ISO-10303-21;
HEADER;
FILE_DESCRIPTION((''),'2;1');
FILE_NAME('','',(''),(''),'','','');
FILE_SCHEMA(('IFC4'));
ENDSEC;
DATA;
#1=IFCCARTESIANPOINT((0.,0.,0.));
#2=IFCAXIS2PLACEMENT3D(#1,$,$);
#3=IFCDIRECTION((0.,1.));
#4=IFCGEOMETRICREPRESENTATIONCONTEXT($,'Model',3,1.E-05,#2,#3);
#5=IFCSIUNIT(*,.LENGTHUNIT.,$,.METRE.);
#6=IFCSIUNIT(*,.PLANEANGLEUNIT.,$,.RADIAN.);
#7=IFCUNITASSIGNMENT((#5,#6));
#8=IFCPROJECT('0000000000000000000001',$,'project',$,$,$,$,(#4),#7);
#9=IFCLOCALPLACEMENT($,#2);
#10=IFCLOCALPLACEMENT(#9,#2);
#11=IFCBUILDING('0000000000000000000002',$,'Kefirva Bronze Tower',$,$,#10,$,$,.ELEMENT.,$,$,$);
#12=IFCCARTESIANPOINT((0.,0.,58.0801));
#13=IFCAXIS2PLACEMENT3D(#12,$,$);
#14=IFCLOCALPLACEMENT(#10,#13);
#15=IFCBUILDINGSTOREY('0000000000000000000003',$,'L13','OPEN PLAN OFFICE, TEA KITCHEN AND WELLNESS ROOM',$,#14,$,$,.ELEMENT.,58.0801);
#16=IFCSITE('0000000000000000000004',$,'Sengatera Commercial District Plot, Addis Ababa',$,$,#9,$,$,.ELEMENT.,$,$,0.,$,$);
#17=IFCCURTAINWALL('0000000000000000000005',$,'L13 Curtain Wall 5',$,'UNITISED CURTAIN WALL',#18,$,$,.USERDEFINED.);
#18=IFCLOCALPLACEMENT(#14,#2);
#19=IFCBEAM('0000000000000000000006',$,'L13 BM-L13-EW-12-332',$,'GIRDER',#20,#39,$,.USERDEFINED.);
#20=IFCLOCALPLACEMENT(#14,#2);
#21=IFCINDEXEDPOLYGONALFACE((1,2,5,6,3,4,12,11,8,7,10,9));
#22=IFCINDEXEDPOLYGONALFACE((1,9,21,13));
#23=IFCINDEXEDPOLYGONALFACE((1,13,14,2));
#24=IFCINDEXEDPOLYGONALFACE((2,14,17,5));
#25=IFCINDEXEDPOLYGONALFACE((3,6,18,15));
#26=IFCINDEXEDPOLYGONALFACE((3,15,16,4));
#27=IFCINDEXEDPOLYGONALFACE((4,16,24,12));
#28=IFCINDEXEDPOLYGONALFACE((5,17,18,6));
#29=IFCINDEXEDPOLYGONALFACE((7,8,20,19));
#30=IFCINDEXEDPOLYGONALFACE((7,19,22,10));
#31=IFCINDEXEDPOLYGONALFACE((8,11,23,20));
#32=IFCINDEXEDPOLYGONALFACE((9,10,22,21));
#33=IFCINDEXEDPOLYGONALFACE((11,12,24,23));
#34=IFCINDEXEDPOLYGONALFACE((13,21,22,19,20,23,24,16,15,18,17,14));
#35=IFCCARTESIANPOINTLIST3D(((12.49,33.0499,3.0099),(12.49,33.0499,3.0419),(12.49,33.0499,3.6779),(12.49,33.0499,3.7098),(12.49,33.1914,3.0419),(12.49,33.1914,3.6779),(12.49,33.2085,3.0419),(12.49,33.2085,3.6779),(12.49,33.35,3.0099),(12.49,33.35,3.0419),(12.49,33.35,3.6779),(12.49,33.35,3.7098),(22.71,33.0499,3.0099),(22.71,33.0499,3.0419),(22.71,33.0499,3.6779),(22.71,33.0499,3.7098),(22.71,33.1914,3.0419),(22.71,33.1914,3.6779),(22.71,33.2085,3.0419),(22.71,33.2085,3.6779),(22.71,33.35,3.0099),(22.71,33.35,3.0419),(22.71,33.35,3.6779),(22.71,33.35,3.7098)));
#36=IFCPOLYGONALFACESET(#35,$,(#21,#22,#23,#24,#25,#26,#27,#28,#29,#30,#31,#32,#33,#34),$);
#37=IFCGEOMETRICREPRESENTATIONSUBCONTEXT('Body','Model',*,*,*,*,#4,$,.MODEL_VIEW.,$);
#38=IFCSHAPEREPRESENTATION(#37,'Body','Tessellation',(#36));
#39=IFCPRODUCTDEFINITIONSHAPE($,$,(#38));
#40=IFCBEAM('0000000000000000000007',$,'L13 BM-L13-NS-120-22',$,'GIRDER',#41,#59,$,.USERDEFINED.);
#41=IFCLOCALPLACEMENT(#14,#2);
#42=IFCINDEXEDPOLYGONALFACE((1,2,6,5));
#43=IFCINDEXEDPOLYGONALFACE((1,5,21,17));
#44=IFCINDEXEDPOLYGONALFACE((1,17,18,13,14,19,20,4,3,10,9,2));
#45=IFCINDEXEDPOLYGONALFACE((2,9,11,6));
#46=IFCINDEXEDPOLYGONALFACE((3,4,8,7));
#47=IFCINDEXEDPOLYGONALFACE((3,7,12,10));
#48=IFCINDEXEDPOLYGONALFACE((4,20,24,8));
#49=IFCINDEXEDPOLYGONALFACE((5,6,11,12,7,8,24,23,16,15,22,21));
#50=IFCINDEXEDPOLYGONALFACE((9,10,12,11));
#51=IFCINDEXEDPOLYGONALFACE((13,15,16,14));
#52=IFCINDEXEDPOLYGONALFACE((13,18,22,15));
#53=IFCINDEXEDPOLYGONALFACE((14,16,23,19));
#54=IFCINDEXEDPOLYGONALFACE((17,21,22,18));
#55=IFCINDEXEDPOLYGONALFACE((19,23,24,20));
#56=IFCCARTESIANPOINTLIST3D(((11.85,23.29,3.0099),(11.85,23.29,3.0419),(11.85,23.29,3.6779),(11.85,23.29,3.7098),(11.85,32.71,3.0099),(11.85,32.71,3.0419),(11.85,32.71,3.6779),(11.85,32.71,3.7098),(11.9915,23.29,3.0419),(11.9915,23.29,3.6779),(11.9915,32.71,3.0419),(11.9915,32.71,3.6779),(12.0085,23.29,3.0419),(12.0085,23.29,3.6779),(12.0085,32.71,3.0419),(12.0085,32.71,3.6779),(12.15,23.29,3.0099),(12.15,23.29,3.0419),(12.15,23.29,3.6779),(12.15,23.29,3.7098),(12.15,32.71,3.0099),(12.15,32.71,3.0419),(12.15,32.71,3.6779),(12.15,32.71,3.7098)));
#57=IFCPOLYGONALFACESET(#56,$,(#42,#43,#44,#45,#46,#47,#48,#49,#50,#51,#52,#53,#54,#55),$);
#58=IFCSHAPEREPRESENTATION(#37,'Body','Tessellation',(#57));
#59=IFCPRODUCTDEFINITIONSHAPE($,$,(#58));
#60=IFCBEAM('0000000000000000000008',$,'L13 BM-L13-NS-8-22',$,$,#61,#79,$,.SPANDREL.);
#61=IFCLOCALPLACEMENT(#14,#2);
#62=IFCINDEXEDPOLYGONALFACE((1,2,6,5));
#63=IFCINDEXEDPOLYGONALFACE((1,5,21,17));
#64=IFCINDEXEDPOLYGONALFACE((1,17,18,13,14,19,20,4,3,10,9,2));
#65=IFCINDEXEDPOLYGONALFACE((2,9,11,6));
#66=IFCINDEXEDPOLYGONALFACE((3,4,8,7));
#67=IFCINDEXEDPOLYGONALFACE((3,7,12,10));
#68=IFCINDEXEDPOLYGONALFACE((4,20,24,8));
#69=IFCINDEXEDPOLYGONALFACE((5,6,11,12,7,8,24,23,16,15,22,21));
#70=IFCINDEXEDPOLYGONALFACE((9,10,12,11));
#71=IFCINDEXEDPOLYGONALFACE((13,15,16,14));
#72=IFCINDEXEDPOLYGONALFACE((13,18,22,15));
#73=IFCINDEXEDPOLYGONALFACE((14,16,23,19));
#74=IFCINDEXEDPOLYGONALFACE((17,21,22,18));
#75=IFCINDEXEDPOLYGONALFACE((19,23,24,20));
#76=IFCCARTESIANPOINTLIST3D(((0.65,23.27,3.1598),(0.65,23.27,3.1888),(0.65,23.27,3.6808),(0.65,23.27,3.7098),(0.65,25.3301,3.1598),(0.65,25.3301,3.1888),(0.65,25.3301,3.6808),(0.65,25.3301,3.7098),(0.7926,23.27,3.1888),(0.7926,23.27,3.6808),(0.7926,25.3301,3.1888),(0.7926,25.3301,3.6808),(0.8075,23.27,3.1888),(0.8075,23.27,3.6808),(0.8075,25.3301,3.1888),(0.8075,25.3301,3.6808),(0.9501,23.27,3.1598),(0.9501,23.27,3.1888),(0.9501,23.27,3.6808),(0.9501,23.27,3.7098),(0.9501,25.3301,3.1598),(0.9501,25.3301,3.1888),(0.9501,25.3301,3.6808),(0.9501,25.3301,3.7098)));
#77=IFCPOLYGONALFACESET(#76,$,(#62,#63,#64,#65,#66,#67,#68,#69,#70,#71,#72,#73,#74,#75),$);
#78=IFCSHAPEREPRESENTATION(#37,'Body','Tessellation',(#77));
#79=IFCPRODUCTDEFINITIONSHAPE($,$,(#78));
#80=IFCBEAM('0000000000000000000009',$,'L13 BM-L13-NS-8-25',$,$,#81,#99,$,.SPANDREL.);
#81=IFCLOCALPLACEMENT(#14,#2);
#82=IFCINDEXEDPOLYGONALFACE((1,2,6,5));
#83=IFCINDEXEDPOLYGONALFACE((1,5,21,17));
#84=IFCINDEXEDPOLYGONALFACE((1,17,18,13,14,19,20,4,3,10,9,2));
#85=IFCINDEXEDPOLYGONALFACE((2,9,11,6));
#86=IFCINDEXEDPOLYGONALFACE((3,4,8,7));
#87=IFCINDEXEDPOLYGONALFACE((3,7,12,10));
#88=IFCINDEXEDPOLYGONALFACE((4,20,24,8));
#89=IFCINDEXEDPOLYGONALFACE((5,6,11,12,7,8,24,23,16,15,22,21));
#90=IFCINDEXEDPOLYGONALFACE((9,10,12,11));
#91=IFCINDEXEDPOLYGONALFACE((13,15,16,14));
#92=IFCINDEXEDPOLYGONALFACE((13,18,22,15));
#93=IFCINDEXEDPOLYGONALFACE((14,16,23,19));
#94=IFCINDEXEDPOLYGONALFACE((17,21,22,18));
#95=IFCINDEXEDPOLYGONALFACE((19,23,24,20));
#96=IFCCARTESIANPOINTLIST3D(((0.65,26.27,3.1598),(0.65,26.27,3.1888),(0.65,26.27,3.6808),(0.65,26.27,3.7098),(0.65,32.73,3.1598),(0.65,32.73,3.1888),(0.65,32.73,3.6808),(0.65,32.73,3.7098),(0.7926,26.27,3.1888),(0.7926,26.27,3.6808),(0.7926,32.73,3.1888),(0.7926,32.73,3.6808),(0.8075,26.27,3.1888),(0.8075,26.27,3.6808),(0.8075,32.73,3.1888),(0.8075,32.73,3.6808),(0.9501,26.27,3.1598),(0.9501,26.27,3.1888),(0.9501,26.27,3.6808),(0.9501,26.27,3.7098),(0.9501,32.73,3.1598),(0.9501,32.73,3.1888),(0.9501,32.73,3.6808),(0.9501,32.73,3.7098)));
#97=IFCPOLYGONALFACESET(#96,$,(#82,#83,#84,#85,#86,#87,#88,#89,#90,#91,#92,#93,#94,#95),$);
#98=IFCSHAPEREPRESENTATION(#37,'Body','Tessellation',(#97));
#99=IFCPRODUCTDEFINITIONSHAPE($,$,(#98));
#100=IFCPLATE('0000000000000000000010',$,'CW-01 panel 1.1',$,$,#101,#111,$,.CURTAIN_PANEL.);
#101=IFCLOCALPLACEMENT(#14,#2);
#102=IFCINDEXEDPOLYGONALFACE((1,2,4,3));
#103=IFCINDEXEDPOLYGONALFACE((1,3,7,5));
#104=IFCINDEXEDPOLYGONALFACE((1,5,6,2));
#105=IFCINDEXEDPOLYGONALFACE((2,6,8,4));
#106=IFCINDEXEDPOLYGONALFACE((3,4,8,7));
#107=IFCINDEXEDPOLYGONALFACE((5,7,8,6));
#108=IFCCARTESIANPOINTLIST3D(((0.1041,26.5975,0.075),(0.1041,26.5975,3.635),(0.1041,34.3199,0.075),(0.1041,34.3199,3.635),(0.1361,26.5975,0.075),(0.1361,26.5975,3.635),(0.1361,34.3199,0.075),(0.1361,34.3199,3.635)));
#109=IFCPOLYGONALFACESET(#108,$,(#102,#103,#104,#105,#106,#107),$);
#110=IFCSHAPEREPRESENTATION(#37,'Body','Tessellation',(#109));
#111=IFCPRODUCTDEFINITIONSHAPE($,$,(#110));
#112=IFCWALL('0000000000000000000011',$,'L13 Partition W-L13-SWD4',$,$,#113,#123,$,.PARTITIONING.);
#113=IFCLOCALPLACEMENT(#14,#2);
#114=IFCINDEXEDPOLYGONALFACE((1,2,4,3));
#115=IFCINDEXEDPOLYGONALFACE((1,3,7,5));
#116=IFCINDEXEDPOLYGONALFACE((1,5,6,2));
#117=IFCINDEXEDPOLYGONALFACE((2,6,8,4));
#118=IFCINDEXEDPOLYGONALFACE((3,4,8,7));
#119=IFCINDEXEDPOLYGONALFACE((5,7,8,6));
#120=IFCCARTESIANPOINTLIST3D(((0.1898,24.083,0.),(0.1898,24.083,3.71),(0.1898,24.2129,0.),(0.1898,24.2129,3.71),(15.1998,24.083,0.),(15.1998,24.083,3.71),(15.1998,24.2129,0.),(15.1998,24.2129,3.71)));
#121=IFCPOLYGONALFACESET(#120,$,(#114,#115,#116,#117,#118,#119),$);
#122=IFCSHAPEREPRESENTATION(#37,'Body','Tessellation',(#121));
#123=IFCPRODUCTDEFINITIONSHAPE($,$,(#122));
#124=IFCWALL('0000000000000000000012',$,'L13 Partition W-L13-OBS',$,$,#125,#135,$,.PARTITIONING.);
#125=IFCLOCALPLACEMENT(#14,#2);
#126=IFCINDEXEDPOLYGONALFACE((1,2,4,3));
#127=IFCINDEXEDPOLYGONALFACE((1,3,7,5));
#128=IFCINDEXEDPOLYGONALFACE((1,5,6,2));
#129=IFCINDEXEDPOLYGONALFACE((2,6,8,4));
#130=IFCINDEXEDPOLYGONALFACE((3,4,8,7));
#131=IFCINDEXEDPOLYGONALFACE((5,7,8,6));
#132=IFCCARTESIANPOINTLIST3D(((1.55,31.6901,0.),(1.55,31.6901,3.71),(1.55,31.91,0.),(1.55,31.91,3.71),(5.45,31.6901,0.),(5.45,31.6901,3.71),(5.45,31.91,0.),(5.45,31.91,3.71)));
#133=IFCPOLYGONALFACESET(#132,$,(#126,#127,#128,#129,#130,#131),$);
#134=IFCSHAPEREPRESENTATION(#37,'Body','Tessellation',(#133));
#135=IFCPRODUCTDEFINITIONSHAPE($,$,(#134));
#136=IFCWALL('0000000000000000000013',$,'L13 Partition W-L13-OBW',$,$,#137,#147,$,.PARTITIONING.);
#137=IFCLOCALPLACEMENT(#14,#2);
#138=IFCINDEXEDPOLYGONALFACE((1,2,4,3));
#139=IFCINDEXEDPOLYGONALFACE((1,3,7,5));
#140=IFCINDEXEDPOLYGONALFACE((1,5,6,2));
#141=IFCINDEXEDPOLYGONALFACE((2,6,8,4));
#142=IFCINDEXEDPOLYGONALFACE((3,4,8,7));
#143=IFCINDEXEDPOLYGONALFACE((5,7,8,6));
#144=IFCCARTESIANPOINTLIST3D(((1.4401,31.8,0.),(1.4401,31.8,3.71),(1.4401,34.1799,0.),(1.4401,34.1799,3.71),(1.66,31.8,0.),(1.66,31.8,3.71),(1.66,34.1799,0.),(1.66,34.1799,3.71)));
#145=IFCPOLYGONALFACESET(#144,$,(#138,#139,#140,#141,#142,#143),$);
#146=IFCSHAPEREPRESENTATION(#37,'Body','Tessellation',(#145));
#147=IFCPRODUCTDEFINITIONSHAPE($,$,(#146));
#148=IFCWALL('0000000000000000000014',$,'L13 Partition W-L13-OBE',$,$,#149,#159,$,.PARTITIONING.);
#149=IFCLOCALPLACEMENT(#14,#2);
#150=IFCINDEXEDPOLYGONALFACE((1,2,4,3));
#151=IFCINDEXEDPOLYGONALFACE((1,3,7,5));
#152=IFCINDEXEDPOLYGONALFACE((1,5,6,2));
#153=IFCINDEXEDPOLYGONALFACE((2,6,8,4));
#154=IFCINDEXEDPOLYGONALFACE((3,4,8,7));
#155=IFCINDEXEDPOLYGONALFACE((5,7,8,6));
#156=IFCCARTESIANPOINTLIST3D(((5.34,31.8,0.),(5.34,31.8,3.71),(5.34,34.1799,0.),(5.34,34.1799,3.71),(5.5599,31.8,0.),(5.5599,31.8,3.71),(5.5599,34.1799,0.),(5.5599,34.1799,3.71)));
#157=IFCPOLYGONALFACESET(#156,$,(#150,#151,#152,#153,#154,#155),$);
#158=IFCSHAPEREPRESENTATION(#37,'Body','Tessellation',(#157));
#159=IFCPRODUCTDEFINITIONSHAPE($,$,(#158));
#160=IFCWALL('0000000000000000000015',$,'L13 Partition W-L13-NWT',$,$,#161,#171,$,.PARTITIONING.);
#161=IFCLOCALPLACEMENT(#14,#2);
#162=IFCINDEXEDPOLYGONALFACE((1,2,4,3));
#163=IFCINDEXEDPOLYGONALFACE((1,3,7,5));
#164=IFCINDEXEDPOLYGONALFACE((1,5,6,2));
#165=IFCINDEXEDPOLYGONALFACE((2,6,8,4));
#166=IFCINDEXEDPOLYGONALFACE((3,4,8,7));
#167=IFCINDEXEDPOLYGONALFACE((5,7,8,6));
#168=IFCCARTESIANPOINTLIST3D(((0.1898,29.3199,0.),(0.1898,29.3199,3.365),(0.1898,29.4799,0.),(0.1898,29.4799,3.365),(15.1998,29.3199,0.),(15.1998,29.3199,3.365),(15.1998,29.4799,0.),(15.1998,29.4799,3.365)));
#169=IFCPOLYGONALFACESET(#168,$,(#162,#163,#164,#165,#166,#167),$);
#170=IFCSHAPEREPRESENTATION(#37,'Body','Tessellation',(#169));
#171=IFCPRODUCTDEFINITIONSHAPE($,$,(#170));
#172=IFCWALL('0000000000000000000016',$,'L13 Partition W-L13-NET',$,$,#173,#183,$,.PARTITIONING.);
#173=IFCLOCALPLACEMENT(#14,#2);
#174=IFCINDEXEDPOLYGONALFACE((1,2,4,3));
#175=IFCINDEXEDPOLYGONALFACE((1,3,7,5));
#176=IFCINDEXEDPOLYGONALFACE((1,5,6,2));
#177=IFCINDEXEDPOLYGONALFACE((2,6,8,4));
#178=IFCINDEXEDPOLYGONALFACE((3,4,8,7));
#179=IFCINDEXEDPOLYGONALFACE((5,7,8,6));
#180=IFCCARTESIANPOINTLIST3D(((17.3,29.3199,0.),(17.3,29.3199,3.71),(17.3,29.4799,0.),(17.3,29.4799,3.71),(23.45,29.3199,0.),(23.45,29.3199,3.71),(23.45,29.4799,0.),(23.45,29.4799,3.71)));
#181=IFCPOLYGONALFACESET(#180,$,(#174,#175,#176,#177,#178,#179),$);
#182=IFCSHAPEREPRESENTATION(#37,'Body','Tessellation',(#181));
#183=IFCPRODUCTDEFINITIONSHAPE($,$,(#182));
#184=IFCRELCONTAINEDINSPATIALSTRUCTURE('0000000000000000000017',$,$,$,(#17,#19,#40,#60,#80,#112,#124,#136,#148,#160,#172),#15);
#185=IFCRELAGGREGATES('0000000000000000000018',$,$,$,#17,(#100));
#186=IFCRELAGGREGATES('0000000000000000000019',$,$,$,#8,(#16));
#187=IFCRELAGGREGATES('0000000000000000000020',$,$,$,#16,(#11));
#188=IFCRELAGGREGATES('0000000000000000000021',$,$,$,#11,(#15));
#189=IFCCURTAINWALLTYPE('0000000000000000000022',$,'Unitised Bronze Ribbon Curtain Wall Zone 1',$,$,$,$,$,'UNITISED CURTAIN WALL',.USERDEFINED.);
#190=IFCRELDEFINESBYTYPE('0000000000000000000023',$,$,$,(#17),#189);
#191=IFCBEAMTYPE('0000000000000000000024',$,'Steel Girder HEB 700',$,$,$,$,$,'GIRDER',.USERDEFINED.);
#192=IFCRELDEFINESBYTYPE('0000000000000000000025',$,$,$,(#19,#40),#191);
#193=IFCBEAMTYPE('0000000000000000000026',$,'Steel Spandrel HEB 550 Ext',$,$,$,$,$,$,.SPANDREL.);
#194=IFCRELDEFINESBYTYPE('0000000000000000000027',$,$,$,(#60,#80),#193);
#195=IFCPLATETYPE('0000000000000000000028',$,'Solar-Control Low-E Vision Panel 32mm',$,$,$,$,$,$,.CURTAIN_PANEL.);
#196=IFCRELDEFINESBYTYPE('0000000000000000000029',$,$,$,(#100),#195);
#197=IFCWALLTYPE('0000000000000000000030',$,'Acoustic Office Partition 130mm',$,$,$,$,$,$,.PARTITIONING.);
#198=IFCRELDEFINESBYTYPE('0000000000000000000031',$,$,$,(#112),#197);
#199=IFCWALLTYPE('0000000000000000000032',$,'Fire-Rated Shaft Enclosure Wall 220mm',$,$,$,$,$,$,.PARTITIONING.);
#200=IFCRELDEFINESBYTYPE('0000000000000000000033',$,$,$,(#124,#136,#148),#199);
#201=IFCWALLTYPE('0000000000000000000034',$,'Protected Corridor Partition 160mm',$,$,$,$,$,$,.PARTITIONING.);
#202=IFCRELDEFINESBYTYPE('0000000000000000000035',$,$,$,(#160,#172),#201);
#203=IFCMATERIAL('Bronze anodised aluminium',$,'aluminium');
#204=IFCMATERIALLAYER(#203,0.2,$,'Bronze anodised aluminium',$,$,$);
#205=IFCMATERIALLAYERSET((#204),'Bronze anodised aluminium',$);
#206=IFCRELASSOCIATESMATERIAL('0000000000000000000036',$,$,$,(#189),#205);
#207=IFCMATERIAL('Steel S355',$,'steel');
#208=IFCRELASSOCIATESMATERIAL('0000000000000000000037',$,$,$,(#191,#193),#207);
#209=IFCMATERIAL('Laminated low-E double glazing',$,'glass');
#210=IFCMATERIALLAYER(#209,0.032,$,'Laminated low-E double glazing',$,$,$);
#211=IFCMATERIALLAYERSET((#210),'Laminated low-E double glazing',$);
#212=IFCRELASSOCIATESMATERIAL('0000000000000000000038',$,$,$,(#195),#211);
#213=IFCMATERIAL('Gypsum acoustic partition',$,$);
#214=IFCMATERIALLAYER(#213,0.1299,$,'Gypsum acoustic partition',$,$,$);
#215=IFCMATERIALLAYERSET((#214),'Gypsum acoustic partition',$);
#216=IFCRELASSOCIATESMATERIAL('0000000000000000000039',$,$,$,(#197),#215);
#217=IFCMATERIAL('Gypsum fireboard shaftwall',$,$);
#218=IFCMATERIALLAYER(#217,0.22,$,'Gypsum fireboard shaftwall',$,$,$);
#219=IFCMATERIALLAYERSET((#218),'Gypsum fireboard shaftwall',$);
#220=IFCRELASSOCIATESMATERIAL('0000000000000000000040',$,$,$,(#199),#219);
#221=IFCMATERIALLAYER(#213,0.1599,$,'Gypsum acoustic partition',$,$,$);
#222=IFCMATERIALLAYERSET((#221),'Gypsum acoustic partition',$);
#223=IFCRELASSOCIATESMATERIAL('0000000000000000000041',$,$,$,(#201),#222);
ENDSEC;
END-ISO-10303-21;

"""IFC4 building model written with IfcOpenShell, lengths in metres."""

from ifc_helpers import new_model, si_unit, direction, frame, frame_2d, origin, origin_2d, place, context, subcontext, project, spatial, rectangle, i_section, extrude, material, layer, layer_set, material_profile, profile_set, type_object, element, aggregate, save


model = new_model("IFC4")

# Units and contexts
model_context = context("Model", 3, precision=1e-05, world=origin(), true_north=direction((0.0, 1.0)))
body_context = subcontext(model_context, "Body", "Model", "MODEL_VIEW")
ifc_project = project(units=[si_unit("LENGTHUNIT", "METRE"), si_unit("PLANEANGLEUNIT", "RADIAN")], contexts=[model_context])

# Site, building, storey
site_placement = place(None, origin())
site = spatial("IfcSite", under=ifc_project, at=site_placement, Name="Sengatera Commercial District Plot, Addis Ababa", CompositionType="ELEMENT", RefElevation=0.0)
building_placement = place(site_placement, origin())
building = spatial("IfcBuilding", under=site, at=building_placement, Name="Kefirva Bronze Tower", CompositionType="ELEMENT")
storey_placement = place(building_placement, frame((0.0, 0.0, 58.0801)))
storey = spatial("IfcBuildingStorey", under=building, at=storey_placement, Name="L13", Description="OPEN PLAN OFFICE, TEA KITCHEN AND WELLNESS ROOM", CompositionType="ELEMENT", Elevation=58.0801)

# Curtain wall
ifc_material_1 = material(Name="Bronze anodised aluminium", Category="aluminium")
ifc_layer_1 = layer(ifc_material_1, 0.2, Name="Bronze anodised aluminium")
ifc_layer_set_1 = layer_set([ifc_layer_1], Name="Bronze anodised aluminium")
curtain_wall_type = type_object("IfcCurtainWallType", Name="Unitised Bronze Ribbon Curtain Wall Zone 1", ElementType="UNITISED CURTAIN WALL", PredefinedType="USERDEFINED", material=ifc_layer_set_1)
curtain_wall_placement = place(storey_placement, origin())
curtain_wall = element("IfcCurtainWall", 1, at=curtain_wall_placement, inside=storey, type_object=curtain_wall_type, Name="L13 Curtain Wall 5", ObjectType="UNITISED CURTAIN WALL", PredefinedType="USERDEFINED")

# Beams
ifc_material_2 = material(Name="Steel S355", Category="steel")
ifc_material_profile_1 = material_profile(ifc_material_2, i_section(OverallWidth=0.3, OverallDepth=0.7, WebThickness=0.0171, FlangeThickness=0.032, at=origin_2d()), Name="HEB 700")
ifc_profile_set_1 = profile_set([ifc_material_profile_1], Name="Steel S355")
beam_type_1 = type_object("IfcBeamType", Name="Steel Girder HEB 700", ElementType="GIRDER", PredefinedType="USERDEFINED", material=ifc_profile_set_1)
beam_1_placement = place(storey_placement, frame((12.49, 33.2, 3.3599), z_axis=(1.0, 0.0, 0.0), x_axis=(0.0, 1.0, 0.0)))
element("IfcBeam", 2, at=beam_1_placement, inside=storey, type_object=beam_type_1, Name="L13 BM-L13-EW-12-332", ObjectType="GIRDER", PredefinedType="USERDEFINED", context=body_context, shape_type="SweptSolid", body=[
    extrude(i_section(OverallWidth=0.3, OverallDepth=0.7, WebThickness=0.0171, FlangeThickness=0.032, at=origin_2d()), origin(), (0.0, 0.0, 1.0), 10.22),
])
beam_2_placement = place(storey_placement, frame((12.0, 23.29, 3.3599), z_axis=(0.0, 1.0, 0.0), x_axis=(-1.0, 0.0, 0.0)))
element("IfcBeam", 3, at=beam_2_placement, inside=storey, type_object=beam_type_1, Name="L13 BM-L13-NS-120-22", ObjectType="GIRDER", PredefinedType="USERDEFINED", context=body_context, shape_type="SweptSolid", body=[
    extrude(i_section(OverallWidth=0.3, OverallDepth=0.7, WebThickness=0.0171, FlangeThickness=0.032, at=origin_2d()), origin(), (0.0, 0.0, 1.0), 9.4199),
])
ifc_material_profile_2 = material_profile(ifc_material_2, i_section(OverallWidth=0.3, OverallDepth=0.55, WebThickness=0.0149, FlangeThickness=0.0291, at=origin_2d()), Name="HEB 550")
ifc_profile_set_2 = profile_set([ifc_material_profile_2], Name="Steel S355")
beam_type_2 = type_object("IfcBeamType", Name="Steel Spandrel HEB 550 Ext", PredefinedType="SPANDREL", material=ifc_profile_set_2)
beam_3_placement = place(storey_placement, frame((0.8, 23.27, 3.4348), z_axis=(0.0, 1.0, 0.0), x_axis=(-1.0, 0.0, 0.0)))
element("IfcBeam", 4, at=beam_3_placement, inside=storey, type_object=beam_type_2, Name="L13 BM-L13-NS-8-22", PredefinedType="SPANDREL", context=body_context, shape_type="SweptSolid", body=[
    extrude(i_section(OverallWidth=0.3, OverallDepth=0.55, WebThickness=0.0149, FlangeThickness=0.0291, at=origin_2d()), origin(), (0.0, 0.0, 1.0), 2.0601),
])
beam_4_placement = place(storey_placement, frame((0.8, 26.27, 3.4348), z_axis=(0.0, 1.0, 0.0), x_axis=(-1.0, 0.0, 0.0)))
element("IfcBeam", 5, at=beam_4_placement, inside=storey, type_object=beam_type_2, Name="L13 BM-L13-NS-8-25", PredefinedType="SPANDREL", context=body_context, shape_type="SweptSolid", body=[
    extrude(i_section(OverallWidth=0.3, OverallDepth=0.55, WebThickness=0.0149, FlangeThickness=0.0291, at=origin_2d()), origin(), (0.0, 0.0, 1.0), 6.46),
])

# Plate
ifc_material_3 = material(Name="Laminated low-E double glazing", Category="glass")
ifc_layer_2 = layer(ifc_material_3, 0.032, Name="Laminated low-E double glazing")
ifc_layer_set_2 = layer_set([ifc_layer_2], Name="Laminated low-E double glazing")
plate_type = type_object("IfcPlateType", Name="Solar-Control Low-E Vision Panel 32mm", PredefinedType="CURTAIN_PANEL", material=ifc_layer_set_2)
plate_placement = place(storey_placement, frame((0.1201, 30.4587, 0.075), z_axis=(0.0, 0.0, 1.0), x_axis=(0.0, -1.0, 0.0)))
plate = element("IfcPlate", 6, at=plate_placement, type_object=plate_type, Name="CW-01 panel 1.1", PredefinedType="CURTAIN_PANEL", context=body_context, shape_type="SweptSolid", body=[
    extrude(rectangle(XDim=7.7224, YDim=0.032, at=origin_2d()), origin(), (0.0, 0.0, 1.0), 3.5601),
])
aggregate(curtain_wall, [plate])

# Walls
ifc_material_4 = material(Name="Gypsum acoustic partition")
ifc_layer_3 = layer(ifc_material_4, 0.1299, Name="Gypsum acoustic partition")
ifc_layer_set_3 = layer_set([ifc_layer_3], Name="Gypsum acoustic partition")
wall_type_1 = type_object("IfcWallType", Name="Acoustic Office Partition 130mm", PredefinedType="PARTITIONING", material=ifc_layer_set_3)
wall_1_placement = place(storey_placement, frame((0.1899, 24.1479, 0.0), z_axis=(0.0, 0.0, 1.0), x_axis=(1.0, 0.0, 0.0)))
element("IfcWall", 7, at=wall_1_placement, inside=storey, type_object=wall_type_1, Name="L13 Partition W-L13-SWD4", PredefinedType="PARTITIONING", context=body_context, shape_type="SweptSolid", body=[
    extrude(rectangle(XDim=15.01, YDim=0.1299, at=frame_2d((7.5049, 0.0))), origin(), (0.0, 0.0, 1.0), 3.71),
])
ifc_material_5 = material(Name="Gypsum fireboard shaftwall")
ifc_layer_4 = layer(ifc_material_5, 0.22, Name="Gypsum fireboard shaftwall")
ifc_layer_set_4 = layer_set([ifc_layer_4], Name="Gypsum fireboard shaftwall")
wall_type_2 = type_object("IfcWallType", Name="Fire-Rated Shaft Enclosure Wall 220mm", PredefinedType="PARTITIONING", material=ifc_layer_set_4)
wall_2_placement = place(storey_placement, frame((1.55, 31.8, 0.0), z_axis=(0.0, 0.0, 1.0), x_axis=(1.0, 0.0, 0.0)))
element("IfcWall", 8, at=wall_2_placement, inside=storey, type_object=wall_type_2, Name="L13 Partition W-L13-OBS", PredefinedType="PARTITIONING", context=body_context, shape_type="SweptSolid", body=[
    extrude(rectangle(XDim=3.8999, YDim=0.22, at=frame_2d((1.95, 0.0))), origin(), (0.0, 0.0, 1.0), 3.71),
])
for number, where, z_axis, x_axis, name in (
    (9, (1.55, 31.8, 0.0), (0.0, 0.0, 1.0), (0.0, 1.0, 0.0), "L13 Partition W-L13-OBW"),
    (10, (5.45, 31.8, 0.0), (0.0, 0.0, 1.0), (0.0, 1.0, 0.0), "L13 Partition W-L13-OBE"),
):
    element("IfcWall", number, at=place(storey_placement, frame(where, z_axis=z_axis, x_axis=x_axis)), inside=storey, type_object=wall_type_2, Name=name, PredefinedType="PARTITIONING", context=body_context, shape_type="SweptSolid", body=[
        extrude(rectangle(XDim=2.3799, YDim=0.22, at=frame_2d((1.1899, 0.0))), origin(), (0.0, 0.0, 1.0), 3.71),
    ])
ifc_layer_5 = layer(ifc_material_4, 0.1599, Name="Gypsum acoustic partition")
ifc_layer_set_5 = layer_set([ifc_layer_5], Name="Gypsum acoustic partition")
wall_type_3 = type_object("IfcWallType", Name="Protected Corridor Partition 160mm", PredefinedType="PARTITIONING", material=ifc_layer_set_5)
wall_3_placement = place(storey_placement, frame((0.1899, 29.3999, 0.0), z_axis=(0.0, 0.0, 1.0), x_axis=(1.0, 0.0, 0.0)))
element("IfcWall", 11, at=wall_3_placement, inside=storey, type_object=wall_type_3, Name="L13 Partition W-L13-NWT", PredefinedType="PARTITIONING", context=body_context, shape_type="SweptSolid", body=[
    extrude(rectangle(XDim=15.01, YDim=0.1599, at=frame_2d((7.5049, 0.0))), origin(), (0.0, 0.0, 1.0), 3.365),
])
wall_4_placement = place(storey_placement, frame((17.3, 29.3999, 0.0), z_axis=(0.0, 0.0, 1.0), x_axis=(1.0, 0.0, 0.0)))
element("IfcWall", 12, at=wall_4_placement, inside=storey, type_object=wall_type_3, Name="L13 Partition W-L13-NET", PredefinedType="PARTITIONING", context=body_context, shape_type="SweptSolid", body=[
    extrude(rectangle(XDim=6.1499, YDim=0.1599, at=frame_2d((3.075, 0.0))), origin(), (0.0, 0.0, 1.0), 3.71),
])

save(model, "model.ifc")
